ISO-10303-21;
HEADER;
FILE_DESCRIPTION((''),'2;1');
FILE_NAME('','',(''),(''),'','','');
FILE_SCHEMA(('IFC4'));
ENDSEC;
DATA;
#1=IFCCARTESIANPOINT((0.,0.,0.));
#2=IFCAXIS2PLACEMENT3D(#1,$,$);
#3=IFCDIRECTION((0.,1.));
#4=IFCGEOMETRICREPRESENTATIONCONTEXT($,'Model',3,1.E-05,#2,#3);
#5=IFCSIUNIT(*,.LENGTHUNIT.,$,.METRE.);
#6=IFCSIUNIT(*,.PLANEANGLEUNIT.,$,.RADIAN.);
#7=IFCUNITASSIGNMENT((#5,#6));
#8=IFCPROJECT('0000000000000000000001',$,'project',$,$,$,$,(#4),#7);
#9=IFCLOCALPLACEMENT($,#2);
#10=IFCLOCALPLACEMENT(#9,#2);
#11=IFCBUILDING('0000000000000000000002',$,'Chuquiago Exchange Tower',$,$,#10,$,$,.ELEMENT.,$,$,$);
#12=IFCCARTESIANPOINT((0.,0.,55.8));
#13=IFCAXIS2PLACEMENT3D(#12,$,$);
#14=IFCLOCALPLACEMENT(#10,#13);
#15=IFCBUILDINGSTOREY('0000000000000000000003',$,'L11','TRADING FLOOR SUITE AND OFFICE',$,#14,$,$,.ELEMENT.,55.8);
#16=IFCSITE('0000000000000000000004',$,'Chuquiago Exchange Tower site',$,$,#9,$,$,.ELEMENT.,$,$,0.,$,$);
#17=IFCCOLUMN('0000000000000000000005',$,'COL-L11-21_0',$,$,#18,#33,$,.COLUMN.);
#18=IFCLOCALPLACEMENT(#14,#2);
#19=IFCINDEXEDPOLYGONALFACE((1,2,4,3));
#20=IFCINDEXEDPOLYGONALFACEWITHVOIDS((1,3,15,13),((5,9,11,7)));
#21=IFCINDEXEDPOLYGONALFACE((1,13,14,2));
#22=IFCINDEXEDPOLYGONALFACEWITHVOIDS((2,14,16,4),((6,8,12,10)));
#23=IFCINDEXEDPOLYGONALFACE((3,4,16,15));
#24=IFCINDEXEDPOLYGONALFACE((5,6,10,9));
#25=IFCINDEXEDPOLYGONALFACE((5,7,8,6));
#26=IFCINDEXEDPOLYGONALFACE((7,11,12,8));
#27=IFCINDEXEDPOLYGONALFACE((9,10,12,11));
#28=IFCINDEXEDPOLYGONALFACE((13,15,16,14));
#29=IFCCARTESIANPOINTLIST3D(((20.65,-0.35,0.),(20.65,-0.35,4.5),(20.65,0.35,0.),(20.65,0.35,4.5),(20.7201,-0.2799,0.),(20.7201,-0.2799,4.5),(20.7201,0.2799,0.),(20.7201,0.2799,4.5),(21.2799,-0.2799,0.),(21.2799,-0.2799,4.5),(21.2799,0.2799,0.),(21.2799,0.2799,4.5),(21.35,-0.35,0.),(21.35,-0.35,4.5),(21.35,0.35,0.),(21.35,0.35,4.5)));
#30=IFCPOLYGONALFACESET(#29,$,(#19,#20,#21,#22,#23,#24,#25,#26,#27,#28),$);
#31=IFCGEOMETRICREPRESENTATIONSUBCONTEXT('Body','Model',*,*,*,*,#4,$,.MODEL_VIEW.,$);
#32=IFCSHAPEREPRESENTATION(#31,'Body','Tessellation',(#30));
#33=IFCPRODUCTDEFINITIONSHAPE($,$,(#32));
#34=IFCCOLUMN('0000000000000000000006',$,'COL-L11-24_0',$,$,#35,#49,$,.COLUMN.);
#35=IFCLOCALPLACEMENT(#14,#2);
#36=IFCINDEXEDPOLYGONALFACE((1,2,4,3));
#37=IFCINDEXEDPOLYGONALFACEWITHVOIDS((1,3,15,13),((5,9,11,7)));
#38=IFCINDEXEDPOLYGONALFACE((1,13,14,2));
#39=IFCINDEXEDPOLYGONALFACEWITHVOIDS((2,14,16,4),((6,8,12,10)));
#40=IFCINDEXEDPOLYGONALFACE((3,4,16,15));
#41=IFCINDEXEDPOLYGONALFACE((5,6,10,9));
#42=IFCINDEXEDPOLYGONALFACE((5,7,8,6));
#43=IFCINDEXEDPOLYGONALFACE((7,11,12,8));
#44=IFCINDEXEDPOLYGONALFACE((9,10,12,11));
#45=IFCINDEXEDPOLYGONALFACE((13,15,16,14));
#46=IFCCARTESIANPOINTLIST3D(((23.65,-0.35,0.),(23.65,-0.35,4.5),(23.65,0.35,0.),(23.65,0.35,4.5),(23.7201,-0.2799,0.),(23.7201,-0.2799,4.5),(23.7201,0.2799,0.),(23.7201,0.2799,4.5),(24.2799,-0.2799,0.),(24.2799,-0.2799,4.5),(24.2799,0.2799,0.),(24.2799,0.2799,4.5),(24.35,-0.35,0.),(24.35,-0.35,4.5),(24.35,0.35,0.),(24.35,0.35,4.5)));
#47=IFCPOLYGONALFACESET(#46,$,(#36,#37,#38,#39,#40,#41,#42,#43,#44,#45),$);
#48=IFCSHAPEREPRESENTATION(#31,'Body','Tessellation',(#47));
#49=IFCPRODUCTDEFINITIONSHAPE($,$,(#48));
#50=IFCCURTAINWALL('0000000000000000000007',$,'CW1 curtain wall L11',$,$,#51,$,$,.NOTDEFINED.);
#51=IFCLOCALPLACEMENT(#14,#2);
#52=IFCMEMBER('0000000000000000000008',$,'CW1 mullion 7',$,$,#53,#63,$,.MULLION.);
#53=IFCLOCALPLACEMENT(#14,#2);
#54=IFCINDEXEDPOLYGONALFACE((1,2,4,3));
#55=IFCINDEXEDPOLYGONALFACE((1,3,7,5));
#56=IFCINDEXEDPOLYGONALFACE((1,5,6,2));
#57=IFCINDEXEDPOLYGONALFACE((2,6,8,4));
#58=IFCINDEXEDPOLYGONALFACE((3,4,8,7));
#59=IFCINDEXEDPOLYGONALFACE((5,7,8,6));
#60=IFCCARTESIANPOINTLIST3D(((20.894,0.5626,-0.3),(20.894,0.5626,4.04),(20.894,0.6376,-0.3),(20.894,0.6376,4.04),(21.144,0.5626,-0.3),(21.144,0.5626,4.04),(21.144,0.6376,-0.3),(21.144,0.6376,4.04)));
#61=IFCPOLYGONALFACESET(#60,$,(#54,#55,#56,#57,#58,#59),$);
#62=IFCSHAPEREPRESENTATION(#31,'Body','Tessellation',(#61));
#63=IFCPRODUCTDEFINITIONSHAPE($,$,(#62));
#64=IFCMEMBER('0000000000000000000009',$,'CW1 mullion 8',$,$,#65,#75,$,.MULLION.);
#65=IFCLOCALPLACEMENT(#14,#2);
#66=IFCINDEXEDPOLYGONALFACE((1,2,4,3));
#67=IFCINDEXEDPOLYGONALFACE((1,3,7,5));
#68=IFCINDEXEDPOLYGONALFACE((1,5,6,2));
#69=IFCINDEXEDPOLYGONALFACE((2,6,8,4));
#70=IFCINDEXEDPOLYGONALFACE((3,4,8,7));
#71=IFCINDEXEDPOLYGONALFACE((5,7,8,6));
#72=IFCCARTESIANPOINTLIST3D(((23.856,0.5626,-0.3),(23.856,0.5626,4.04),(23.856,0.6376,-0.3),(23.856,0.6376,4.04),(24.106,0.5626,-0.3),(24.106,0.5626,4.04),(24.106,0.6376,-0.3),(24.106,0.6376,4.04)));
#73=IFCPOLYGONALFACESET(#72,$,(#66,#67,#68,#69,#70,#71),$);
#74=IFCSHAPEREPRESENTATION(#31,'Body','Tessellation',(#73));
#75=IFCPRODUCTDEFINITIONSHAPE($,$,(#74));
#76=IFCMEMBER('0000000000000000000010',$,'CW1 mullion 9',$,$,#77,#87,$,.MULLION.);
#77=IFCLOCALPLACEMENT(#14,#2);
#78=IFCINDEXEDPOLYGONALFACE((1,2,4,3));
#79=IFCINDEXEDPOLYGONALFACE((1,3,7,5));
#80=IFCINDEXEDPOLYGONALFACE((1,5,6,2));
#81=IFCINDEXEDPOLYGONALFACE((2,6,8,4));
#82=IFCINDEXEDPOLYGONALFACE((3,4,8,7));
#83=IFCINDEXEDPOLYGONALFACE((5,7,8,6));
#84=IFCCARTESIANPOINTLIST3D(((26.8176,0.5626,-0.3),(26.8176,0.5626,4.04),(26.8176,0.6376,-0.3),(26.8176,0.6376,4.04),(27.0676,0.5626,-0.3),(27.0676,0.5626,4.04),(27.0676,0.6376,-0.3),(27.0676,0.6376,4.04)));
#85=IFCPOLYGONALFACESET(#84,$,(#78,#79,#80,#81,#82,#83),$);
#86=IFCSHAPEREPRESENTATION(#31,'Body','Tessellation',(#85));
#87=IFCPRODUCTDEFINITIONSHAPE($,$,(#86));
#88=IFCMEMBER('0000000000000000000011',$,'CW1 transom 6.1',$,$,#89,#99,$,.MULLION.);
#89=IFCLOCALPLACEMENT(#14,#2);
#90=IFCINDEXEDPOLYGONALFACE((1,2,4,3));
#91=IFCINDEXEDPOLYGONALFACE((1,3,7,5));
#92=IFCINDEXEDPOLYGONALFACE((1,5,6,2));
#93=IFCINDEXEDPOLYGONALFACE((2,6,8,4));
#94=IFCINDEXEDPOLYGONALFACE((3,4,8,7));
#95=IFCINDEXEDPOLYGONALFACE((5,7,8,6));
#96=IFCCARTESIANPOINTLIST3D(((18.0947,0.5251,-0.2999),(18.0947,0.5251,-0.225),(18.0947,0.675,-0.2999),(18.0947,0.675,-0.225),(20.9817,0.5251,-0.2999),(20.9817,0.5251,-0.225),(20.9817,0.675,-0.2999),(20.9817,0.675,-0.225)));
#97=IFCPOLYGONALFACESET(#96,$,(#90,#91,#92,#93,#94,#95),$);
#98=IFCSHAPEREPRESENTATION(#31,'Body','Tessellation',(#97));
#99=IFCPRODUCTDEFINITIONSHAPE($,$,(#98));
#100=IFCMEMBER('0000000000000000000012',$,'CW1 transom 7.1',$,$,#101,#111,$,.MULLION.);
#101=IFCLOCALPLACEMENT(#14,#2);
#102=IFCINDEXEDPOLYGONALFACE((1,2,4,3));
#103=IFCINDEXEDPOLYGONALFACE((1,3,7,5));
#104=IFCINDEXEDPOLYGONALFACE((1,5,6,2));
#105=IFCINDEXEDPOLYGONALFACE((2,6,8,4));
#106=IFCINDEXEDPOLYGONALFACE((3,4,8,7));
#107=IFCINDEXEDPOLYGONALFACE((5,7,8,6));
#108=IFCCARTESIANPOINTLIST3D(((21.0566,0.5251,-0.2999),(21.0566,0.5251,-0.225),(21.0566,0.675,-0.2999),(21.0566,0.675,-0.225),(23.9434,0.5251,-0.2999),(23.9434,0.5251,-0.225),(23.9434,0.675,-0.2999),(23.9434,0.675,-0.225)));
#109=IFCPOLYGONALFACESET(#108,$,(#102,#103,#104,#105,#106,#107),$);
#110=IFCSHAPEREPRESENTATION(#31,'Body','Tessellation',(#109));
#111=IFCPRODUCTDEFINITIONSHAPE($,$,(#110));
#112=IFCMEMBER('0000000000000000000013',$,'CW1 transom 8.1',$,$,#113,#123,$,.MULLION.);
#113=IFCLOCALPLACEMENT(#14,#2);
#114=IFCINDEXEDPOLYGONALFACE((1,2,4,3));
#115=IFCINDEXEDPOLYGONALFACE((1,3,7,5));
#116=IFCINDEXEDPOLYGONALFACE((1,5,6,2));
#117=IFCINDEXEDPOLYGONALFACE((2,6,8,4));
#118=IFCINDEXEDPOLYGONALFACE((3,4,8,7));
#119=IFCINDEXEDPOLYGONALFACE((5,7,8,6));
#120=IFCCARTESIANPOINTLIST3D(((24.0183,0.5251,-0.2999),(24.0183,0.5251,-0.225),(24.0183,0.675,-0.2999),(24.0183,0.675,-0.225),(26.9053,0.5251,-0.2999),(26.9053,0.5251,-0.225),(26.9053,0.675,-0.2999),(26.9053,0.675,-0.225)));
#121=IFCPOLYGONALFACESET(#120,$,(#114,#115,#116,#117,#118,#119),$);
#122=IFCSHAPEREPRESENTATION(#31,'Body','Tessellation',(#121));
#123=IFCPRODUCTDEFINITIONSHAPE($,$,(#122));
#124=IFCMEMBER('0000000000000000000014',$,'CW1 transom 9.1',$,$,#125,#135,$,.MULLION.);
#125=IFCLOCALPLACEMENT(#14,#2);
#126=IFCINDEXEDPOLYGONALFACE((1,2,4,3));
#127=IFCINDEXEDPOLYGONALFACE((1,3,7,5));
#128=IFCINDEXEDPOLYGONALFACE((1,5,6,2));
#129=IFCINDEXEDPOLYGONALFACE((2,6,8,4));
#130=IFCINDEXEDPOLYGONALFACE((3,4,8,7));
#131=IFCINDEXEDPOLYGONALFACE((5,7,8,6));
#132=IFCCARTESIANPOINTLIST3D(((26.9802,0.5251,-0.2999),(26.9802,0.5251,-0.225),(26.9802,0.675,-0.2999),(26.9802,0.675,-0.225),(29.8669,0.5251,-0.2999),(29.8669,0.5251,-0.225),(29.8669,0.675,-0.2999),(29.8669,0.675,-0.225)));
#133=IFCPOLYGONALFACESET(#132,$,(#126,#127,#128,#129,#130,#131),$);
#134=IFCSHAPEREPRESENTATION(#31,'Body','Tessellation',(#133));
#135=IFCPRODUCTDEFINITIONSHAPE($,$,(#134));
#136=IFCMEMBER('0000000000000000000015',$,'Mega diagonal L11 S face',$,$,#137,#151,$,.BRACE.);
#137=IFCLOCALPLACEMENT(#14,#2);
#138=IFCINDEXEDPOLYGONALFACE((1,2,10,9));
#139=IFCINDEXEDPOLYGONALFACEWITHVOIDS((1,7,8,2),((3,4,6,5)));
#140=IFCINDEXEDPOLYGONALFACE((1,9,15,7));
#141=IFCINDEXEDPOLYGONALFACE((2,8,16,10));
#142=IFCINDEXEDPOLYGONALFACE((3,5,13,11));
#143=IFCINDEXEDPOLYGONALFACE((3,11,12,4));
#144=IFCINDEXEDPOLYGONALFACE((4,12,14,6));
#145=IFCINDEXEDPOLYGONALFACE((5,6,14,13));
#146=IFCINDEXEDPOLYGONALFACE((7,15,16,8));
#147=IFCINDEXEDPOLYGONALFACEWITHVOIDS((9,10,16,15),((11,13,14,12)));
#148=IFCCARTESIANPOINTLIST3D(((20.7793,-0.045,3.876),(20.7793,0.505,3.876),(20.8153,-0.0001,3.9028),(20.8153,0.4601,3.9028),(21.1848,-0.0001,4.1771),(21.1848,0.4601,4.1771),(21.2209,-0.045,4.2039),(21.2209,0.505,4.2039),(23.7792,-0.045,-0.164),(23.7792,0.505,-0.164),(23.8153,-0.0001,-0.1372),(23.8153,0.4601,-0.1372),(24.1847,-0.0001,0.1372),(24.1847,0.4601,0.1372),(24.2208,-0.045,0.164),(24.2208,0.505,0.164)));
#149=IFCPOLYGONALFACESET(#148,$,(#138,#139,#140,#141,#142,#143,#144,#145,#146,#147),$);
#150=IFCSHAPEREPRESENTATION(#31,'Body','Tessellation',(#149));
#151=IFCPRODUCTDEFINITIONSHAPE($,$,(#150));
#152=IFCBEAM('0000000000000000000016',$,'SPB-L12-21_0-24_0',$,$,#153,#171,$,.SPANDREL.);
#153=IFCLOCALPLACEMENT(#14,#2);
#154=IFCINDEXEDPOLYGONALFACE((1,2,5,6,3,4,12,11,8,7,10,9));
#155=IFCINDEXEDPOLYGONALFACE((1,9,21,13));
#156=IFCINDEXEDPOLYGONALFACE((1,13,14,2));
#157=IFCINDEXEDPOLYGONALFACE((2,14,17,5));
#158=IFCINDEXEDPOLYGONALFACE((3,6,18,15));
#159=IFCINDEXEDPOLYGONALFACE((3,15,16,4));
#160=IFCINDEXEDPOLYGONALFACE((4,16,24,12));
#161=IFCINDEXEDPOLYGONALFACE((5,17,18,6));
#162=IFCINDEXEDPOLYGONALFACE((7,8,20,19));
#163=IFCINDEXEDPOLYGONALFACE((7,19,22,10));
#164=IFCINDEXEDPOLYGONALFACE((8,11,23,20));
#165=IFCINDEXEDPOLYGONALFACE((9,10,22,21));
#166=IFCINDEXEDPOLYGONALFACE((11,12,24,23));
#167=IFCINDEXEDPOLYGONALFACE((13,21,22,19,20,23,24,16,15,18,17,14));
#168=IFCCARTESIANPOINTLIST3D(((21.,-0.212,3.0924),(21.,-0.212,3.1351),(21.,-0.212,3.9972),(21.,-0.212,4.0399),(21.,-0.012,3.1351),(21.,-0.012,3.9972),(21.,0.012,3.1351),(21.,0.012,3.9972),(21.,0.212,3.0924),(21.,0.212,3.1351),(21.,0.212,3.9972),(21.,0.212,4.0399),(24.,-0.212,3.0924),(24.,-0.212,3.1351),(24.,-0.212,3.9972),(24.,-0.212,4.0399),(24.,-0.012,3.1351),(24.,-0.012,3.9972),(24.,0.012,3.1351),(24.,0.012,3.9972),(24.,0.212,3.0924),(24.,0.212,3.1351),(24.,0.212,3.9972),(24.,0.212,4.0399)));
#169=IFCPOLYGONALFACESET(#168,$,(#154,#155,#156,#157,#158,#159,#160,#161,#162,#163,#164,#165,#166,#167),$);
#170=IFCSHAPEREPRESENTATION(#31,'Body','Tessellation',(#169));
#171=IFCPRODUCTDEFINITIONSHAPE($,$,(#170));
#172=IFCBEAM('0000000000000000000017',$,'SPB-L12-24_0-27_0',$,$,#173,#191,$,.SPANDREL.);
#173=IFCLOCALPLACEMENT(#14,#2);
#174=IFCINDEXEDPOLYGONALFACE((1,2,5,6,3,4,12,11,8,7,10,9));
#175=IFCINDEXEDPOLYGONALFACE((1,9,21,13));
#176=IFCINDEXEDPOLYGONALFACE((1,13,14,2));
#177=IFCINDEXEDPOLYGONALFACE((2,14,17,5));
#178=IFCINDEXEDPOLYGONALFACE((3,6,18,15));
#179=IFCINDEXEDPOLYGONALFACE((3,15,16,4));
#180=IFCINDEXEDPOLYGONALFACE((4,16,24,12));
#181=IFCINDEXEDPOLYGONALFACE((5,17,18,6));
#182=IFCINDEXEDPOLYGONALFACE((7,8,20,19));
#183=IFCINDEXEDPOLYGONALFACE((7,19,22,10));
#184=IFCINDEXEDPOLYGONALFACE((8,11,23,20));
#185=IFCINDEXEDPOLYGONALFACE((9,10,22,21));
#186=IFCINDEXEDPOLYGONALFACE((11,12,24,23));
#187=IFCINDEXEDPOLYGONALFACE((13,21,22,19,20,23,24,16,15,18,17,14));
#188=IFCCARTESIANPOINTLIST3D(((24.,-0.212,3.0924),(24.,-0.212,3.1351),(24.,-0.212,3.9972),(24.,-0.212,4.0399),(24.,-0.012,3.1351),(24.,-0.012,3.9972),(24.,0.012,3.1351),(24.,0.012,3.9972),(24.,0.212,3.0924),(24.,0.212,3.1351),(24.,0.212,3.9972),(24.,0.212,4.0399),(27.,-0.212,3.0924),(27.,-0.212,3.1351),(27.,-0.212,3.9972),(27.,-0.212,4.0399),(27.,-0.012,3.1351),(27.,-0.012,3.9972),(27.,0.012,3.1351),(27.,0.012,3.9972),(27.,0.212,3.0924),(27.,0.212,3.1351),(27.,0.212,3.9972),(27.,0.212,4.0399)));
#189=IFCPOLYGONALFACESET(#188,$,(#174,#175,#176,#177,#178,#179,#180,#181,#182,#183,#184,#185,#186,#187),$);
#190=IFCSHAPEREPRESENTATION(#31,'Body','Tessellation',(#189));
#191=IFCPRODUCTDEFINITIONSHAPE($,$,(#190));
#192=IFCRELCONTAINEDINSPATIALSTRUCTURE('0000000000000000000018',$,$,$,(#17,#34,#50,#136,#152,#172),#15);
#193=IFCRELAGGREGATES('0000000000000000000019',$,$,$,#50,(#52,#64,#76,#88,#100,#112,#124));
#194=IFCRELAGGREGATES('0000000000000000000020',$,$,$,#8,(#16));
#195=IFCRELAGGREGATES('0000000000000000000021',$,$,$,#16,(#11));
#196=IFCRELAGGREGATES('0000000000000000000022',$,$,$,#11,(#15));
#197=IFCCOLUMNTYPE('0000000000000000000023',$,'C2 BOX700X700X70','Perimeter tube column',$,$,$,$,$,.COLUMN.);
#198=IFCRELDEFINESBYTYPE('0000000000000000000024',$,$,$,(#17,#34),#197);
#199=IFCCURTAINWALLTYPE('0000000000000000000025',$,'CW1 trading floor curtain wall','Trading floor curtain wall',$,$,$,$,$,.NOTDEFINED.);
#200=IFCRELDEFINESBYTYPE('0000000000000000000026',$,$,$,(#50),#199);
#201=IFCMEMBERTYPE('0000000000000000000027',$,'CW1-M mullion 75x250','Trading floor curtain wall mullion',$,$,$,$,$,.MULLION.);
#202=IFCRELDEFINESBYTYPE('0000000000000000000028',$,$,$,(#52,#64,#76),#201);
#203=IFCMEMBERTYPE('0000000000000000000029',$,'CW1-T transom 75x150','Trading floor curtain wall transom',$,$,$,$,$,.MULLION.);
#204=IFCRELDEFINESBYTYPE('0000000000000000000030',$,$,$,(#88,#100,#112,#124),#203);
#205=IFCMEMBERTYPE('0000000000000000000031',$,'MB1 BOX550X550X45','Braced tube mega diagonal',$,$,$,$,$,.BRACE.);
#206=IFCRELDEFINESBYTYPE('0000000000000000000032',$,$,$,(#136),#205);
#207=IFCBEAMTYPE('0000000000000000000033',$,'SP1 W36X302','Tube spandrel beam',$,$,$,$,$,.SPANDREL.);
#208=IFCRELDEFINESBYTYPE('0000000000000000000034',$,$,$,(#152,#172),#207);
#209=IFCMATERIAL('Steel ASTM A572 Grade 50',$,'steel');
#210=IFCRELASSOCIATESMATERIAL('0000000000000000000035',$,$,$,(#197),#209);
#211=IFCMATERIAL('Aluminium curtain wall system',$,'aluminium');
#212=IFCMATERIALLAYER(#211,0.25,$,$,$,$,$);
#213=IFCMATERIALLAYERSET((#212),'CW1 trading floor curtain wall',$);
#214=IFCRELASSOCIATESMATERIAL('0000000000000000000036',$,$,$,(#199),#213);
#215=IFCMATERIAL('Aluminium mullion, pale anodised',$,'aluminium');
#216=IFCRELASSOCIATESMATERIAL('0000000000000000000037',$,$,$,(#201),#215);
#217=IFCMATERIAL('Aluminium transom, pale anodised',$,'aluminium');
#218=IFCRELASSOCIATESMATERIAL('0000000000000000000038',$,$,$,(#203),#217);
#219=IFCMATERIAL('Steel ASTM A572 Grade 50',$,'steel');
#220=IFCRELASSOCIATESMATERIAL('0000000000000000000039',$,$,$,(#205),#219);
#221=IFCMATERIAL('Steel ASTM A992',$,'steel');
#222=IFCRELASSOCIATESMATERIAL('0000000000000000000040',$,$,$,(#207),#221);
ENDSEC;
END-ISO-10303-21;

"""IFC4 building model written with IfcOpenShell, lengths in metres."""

from ifc_helpers import new_model, si_unit, direction, frame, origin, origin_2d, place, context, subcontext, project, spatial, rectangle, hollow_rectangle, i_section, extrude, material, layer, layer_set, material_profile, profile_set, type_object, element, aggregate, save


model = new_model("IFC4")

# Units and contexts
model_context = context("Model", 3, precision=1e-05, world=origin(), true_north=direction((0.0, 1.0)))
body_context = subcontext(model_context, "Body", "Model", "MODEL_VIEW")
ifc_project = project(units=[si_unit("LENGTHUNIT", "METRE"), si_unit("PLANEANGLEUNIT", "RADIAN")], contexts=[model_context])

# Site, building, storey
site_placement = place(None, origin())
site = spatial("IfcSite", under=ifc_project, at=site_placement, Name="Chuquiago Exchange Tower site", CompositionType="ELEMENT", RefElevation=0.0)
building_placement = place(site_placement, origin())
building = spatial("IfcBuilding", under=site, at=building_placement, Name="Chuquiago Exchange Tower", CompositionType="ELEMENT")
storey_placement = place(building_placement, frame((0.0, 0.0, 55.8)))
storey = spatial("IfcBuildingStorey", under=building, at=storey_placement, Name="L11", Description="TRADING FLOOR SUITE AND OFFICE", CompositionType="ELEMENT", Elevation=55.8)

# Columns
ifc_material_1 = material(Name="Steel ASTM A572 Grade 50", Category="steel")
ifc_material_profile_1 = material_profile(ifc_material_1, hollow_rectangle(XDim=0.7, YDim=0.7, WallThickness=0.0701, at=origin_2d()), Name="BOX700X700X70")
ifc_profile_set_1 = profile_set([ifc_material_profile_1], Name="Steel ASTM A572 Grade 50")
column_type = type_object("IfcColumnType", Name="C2 BOX700X700X70", Description="Perimeter tube column", PredefinedType="COLUMN", material=ifc_profile_set_1)
for number, where, z_axis, x_axis, name in (
    (1, (21.0, 0.0, 0.0), (0.0, 0.0, 1.0), (0.0, -1.0, 0.0), "COL-L11-21_0"),
    (2, (24.0, 0.0, 0.0), (0.0, 0.0, 1.0), (0.0, -1.0, 0.0), "COL-L11-24_0"),
):
    element("IfcColumn", number, at=place(storey_placement, frame(where, z_axis=z_axis, x_axis=x_axis)), inside=storey, type_object=column_type, Name=name, PredefinedType="COLUMN", context=body_context, shape_type="SweptSolid", body=[
        extrude(hollow_rectangle(XDim=0.7, YDim=0.7, WallThickness=0.0701, at=origin_2d()), origin(), (0.0, 0.0, 1.0), 4.5),
    ])

# Curtain wall, members
ifc_material_2 = material(Name="Aluminium curtain wall system", Category="aluminium")
ifc_layer_1 = layer(ifc_material_2, 0.25)
ifc_layer_set_1 = layer_set([ifc_layer_1], Name="CW1 trading floor curtain wall")
curtain_wall_type = type_object("IfcCurtainWallType", Name="CW1 trading floor curtain wall", Description="Trading floor curtain wall", PredefinedType="NOTDEFINED", material=ifc_layer_set_1)
curtain_wall_placement = place(storey_placement, origin())
curtain_wall = element("IfcCurtainWall", 3, at=curtain_wall_placement, inside=storey, type_object=curtain_wall_type, Name="CW1 curtain wall L11", PredefinedType="NOTDEFINED")
ifc_material_3 = material(Name="Aluminium mullion, pale anodised", Category="aluminium")
ifc_material_profile_2 = material_profile(ifc_material_3, rectangle(XDim=0.075, YDim=0.25, at=origin_2d()), Name="AL 75x250")
ifc_profile_set_2 = profile_set([ifc_material_profile_2], Name="Aluminium mullion, pale anodised")
member_type_1 = type_object("IfcMemberType", Name="CW1-M mullion 75x250", Description="Trading floor curtain wall mullion", PredefinedType="MULLION", material=ifc_profile_set_2)
member_1_placement = place(storey_placement, frame((21.019, 0.6001, -0.3), z_axis=(0.0, 0.0, 1.0), x_axis=(0.0, 1.0, 0.0)))
member_1 = element("IfcMember", 4, at=member_1_placement, type_object=member_type_1, Name="CW1 mullion 7", PredefinedType="MULLION", context=body_context, shape_type="SweptSolid", body=[
    extrude(rectangle(XDim=0.075, YDim=0.25, at=origin_2d()), origin(), (0.0, 0.0, 1.0), 4.3401),
])
member_2_placement = place(storey_placement, frame((23.981, 0.6001, -0.3), z_axis=(0.0, 0.0, 1.0), x_axis=(0.0, 1.0, 0.0)))
member_2 = element("IfcMember", 5, at=member_2_placement, type_object=member_type_1, Name="CW1 mullion 8", PredefinedType="MULLION", context=body_context, shape_type="SweptSolid", body=[
    extrude(rectangle(XDim=0.075, YDim=0.25, at=origin_2d()), origin(), (0.0, 0.0, 1.0), 4.3401),
])
member_3_placement = place(storey_placement, frame((26.9426, 0.6001, -0.3), z_axis=(0.0, 0.0, 1.0), x_axis=(0.0, 1.0, 0.0)))
member_3 = element("IfcMember", 6, at=member_3_placement, type_object=member_type_1, Name="CW1 mullion 9", PredefinedType="MULLION", context=body_context, shape_type="SweptSolid", body=[
    extrude(rectangle(XDim=0.075, YDim=0.25, at=origin_2d()), origin(), (0.0, 0.0, 1.0), 4.3401),
])
ifc_material_4 = material(Name="Aluminium transom, pale anodised", Category="aluminium")
ifc_material_profile_3 = material_profile(ifc_material_4, rectangle(XDim=0.1499, YDim=0.075, at=origin_2d()), Name="AL 150x75")
ifc_profile_set_3 = profile_set([ifc_material_profile_3], Name="Aluminium transom, pale anodised")
member_type_2 = type_object("IfcMemberType", Name="CW1-T transom 75x150", Description="Trading floor curtain wall transom", PredefinedType="MULLION", material=ifc_profile_set_3)
member_4_placement = place(storey_placement, frame((18.0947, 0.6001, -0.2625), z_axis=(1.0, 0.0, 0.0), x_axis=(0.0, 1.0, 0.0)))
member_4 = element("IfcMember", 7, at=member_4_placement, type_object=member_type_2, Name="CW1 transom 6.1", PredefinedType="MULLION", context=body_context, shape_type="SweptSolid", body=[
    extrude(rectangle(XDim=0.1499, YDim=0.075, at=origin_2d()), origin(), (0.0, 0.0, 1.0), 2.887),
])
member_5_placement = place(storey_placement, frame((21.0566, 0.6001, -0.2625), z_axis=(1.0, 0.0, 0.0), x_axis=(0.0, 1.0, 0.0)))
member_5 = element("IfcMember", 8, at=member_5_placement, type_object=member_type_2, Name="CW1 transom 7.1", PredefinedType="MULLION", context=body_context, shape_type="SweptSolid", body=[
    extrude(rectangle(XDim=0.1499, YDim=0.075, at=origin_2d()), origin(), (0.0, 0.0, 1.0), 2.8867),
])
member_6_placement = place(storey_placement, frame((24.0183, 0.6001, -0.2625), z_axis=(1.0, 0.0, 0.0), x_axis=(0.0, 1.0, 0.0)))
member_6 = element("IfcMember", 9, at=member_6_placement, type_object=member_type_2, Name="CW1 transom 8.1", PredefinedType="MULLION", context=body_context, shape_type="SweptSolid", body=[
    extrude(rectangle(XDim=0.1499, YDim=0.075, at=origin_2d()), origin(), (0.0, 0.0, 1.0), 2.887),
])
member_7_placement = place(storey_placement, frame((26.9802, 0.6001, -0.2625), z_axis=(1.0, 0.0, 0.0), x_axis=(0.0, 1.0, 0.0)))
member_7 = element("IfcMember", 10, at=member_7_placement, type_object=member_type_2, Name="CW1 transom 9.1", PredefinedType="MULLION", context=body_context, shape_type="SweptSolid", body=[
    extrude(rectangle(XDim=0.1499, YDim=0.075, at=origin_2d()), origin(), (0.0, 0.0, 1.0), 2.8867),
])

# Member
ifc_material_5 = material(Name="Steel ASTM A572 Grade 50", Category="steel")
ifc_material_profile_4 = material_profile(ifc_material_5, hollow_rectangle(XDim=0.55, YDim=0.55, WallThickness=0.0449, at=origin_2d()), Name="BOX550X550X45")
ifc_profile_set_4 = profile_set([ifc_material_profile_4], Name="Steel ASTM A572 Grade 50")
member_type_3 = type_object("IfcMemberType", Name="MB1 BOX550X550X45", Description="Braced tube mega diagonal", PredefinedType="BRACE", material=ifc_profile_set_4)
member_8_placement = place(storey_placement, frame((24.0, 0.23, 0.0), z_axis=(-0.596174, 0.0, 0.802855), x_axis=(0.0, -1.0, 0.0)))
element("IfcMember", 11, at=member_8_placement, inside=storey, type_object=member_type_3, Name="Mega diagonal L11 S face", PredefinedType="BRACE", context=body_context, shape_type="SweptSolid", body=[
    extrude(hollow_rectangle(XDim=0.55, YDim=0.55, WallThickness=0.0449, at=origin_2d()), origin(), (0.0, 0.0, 1.0), 5.032),
])

# Beams
ifc_material_6 = material(Name="Steel ASTM A992", Category="steel")
ifc_material_profile_5 = material_profile(ifc_material_6, i_section(OverallWidth=0.4241, OverallDepth=0.9475, WebThickness=0.0239, FlangeThickness=0.0427, at=origin_2d()), Name="W36X302")
ifc_profile_set_5 = profile_set([ifc_material_profile_5], Name="Steel ASTM A992")
beam_type = type_object("IfcBeamType", Name="SP1 W36X302", Description="Tube spandrel beam", PredefinedType="SPANDREL", material=ifc_profile_set_5)
for number, where, z_axis, x_axis, name in (
    (12, (21.0, 0.0, 3.5662), (1.0, 0.0, 0.0), (0.0, 1.0, 0.0), "SPB-L12-21_0-24_0"),
    (13, (24.0, 0.0, 3.5662), (1.0, 0.0, 0.0), (0.0, 1.0, 0.0), "SPB-L12-24_0-27_0"),
):
    element("IfcBeam", number, at=place(storey_placement, frame(where, z_axis=z_axis, x_axis=x_axis)), inside=storey, type_object=beam_type, Name=name, PredefinedType="SPANDREL", context=body_context, shape_type="SweptSolid", body=[
        extrude(i_section(OverallWidth=0.4241, OverallDepth=0.9475, WebThickness=0.0239, FlangeThickness=0.0427, at=origin_2d()), origin(), (0.0, 0.0, 1.0), 3.0),
    ])

aggregate(curtain_wall, [member_1, member_2, member_3, member_4, member_5, member_6, member_7])

save(model, "model.ifc")
